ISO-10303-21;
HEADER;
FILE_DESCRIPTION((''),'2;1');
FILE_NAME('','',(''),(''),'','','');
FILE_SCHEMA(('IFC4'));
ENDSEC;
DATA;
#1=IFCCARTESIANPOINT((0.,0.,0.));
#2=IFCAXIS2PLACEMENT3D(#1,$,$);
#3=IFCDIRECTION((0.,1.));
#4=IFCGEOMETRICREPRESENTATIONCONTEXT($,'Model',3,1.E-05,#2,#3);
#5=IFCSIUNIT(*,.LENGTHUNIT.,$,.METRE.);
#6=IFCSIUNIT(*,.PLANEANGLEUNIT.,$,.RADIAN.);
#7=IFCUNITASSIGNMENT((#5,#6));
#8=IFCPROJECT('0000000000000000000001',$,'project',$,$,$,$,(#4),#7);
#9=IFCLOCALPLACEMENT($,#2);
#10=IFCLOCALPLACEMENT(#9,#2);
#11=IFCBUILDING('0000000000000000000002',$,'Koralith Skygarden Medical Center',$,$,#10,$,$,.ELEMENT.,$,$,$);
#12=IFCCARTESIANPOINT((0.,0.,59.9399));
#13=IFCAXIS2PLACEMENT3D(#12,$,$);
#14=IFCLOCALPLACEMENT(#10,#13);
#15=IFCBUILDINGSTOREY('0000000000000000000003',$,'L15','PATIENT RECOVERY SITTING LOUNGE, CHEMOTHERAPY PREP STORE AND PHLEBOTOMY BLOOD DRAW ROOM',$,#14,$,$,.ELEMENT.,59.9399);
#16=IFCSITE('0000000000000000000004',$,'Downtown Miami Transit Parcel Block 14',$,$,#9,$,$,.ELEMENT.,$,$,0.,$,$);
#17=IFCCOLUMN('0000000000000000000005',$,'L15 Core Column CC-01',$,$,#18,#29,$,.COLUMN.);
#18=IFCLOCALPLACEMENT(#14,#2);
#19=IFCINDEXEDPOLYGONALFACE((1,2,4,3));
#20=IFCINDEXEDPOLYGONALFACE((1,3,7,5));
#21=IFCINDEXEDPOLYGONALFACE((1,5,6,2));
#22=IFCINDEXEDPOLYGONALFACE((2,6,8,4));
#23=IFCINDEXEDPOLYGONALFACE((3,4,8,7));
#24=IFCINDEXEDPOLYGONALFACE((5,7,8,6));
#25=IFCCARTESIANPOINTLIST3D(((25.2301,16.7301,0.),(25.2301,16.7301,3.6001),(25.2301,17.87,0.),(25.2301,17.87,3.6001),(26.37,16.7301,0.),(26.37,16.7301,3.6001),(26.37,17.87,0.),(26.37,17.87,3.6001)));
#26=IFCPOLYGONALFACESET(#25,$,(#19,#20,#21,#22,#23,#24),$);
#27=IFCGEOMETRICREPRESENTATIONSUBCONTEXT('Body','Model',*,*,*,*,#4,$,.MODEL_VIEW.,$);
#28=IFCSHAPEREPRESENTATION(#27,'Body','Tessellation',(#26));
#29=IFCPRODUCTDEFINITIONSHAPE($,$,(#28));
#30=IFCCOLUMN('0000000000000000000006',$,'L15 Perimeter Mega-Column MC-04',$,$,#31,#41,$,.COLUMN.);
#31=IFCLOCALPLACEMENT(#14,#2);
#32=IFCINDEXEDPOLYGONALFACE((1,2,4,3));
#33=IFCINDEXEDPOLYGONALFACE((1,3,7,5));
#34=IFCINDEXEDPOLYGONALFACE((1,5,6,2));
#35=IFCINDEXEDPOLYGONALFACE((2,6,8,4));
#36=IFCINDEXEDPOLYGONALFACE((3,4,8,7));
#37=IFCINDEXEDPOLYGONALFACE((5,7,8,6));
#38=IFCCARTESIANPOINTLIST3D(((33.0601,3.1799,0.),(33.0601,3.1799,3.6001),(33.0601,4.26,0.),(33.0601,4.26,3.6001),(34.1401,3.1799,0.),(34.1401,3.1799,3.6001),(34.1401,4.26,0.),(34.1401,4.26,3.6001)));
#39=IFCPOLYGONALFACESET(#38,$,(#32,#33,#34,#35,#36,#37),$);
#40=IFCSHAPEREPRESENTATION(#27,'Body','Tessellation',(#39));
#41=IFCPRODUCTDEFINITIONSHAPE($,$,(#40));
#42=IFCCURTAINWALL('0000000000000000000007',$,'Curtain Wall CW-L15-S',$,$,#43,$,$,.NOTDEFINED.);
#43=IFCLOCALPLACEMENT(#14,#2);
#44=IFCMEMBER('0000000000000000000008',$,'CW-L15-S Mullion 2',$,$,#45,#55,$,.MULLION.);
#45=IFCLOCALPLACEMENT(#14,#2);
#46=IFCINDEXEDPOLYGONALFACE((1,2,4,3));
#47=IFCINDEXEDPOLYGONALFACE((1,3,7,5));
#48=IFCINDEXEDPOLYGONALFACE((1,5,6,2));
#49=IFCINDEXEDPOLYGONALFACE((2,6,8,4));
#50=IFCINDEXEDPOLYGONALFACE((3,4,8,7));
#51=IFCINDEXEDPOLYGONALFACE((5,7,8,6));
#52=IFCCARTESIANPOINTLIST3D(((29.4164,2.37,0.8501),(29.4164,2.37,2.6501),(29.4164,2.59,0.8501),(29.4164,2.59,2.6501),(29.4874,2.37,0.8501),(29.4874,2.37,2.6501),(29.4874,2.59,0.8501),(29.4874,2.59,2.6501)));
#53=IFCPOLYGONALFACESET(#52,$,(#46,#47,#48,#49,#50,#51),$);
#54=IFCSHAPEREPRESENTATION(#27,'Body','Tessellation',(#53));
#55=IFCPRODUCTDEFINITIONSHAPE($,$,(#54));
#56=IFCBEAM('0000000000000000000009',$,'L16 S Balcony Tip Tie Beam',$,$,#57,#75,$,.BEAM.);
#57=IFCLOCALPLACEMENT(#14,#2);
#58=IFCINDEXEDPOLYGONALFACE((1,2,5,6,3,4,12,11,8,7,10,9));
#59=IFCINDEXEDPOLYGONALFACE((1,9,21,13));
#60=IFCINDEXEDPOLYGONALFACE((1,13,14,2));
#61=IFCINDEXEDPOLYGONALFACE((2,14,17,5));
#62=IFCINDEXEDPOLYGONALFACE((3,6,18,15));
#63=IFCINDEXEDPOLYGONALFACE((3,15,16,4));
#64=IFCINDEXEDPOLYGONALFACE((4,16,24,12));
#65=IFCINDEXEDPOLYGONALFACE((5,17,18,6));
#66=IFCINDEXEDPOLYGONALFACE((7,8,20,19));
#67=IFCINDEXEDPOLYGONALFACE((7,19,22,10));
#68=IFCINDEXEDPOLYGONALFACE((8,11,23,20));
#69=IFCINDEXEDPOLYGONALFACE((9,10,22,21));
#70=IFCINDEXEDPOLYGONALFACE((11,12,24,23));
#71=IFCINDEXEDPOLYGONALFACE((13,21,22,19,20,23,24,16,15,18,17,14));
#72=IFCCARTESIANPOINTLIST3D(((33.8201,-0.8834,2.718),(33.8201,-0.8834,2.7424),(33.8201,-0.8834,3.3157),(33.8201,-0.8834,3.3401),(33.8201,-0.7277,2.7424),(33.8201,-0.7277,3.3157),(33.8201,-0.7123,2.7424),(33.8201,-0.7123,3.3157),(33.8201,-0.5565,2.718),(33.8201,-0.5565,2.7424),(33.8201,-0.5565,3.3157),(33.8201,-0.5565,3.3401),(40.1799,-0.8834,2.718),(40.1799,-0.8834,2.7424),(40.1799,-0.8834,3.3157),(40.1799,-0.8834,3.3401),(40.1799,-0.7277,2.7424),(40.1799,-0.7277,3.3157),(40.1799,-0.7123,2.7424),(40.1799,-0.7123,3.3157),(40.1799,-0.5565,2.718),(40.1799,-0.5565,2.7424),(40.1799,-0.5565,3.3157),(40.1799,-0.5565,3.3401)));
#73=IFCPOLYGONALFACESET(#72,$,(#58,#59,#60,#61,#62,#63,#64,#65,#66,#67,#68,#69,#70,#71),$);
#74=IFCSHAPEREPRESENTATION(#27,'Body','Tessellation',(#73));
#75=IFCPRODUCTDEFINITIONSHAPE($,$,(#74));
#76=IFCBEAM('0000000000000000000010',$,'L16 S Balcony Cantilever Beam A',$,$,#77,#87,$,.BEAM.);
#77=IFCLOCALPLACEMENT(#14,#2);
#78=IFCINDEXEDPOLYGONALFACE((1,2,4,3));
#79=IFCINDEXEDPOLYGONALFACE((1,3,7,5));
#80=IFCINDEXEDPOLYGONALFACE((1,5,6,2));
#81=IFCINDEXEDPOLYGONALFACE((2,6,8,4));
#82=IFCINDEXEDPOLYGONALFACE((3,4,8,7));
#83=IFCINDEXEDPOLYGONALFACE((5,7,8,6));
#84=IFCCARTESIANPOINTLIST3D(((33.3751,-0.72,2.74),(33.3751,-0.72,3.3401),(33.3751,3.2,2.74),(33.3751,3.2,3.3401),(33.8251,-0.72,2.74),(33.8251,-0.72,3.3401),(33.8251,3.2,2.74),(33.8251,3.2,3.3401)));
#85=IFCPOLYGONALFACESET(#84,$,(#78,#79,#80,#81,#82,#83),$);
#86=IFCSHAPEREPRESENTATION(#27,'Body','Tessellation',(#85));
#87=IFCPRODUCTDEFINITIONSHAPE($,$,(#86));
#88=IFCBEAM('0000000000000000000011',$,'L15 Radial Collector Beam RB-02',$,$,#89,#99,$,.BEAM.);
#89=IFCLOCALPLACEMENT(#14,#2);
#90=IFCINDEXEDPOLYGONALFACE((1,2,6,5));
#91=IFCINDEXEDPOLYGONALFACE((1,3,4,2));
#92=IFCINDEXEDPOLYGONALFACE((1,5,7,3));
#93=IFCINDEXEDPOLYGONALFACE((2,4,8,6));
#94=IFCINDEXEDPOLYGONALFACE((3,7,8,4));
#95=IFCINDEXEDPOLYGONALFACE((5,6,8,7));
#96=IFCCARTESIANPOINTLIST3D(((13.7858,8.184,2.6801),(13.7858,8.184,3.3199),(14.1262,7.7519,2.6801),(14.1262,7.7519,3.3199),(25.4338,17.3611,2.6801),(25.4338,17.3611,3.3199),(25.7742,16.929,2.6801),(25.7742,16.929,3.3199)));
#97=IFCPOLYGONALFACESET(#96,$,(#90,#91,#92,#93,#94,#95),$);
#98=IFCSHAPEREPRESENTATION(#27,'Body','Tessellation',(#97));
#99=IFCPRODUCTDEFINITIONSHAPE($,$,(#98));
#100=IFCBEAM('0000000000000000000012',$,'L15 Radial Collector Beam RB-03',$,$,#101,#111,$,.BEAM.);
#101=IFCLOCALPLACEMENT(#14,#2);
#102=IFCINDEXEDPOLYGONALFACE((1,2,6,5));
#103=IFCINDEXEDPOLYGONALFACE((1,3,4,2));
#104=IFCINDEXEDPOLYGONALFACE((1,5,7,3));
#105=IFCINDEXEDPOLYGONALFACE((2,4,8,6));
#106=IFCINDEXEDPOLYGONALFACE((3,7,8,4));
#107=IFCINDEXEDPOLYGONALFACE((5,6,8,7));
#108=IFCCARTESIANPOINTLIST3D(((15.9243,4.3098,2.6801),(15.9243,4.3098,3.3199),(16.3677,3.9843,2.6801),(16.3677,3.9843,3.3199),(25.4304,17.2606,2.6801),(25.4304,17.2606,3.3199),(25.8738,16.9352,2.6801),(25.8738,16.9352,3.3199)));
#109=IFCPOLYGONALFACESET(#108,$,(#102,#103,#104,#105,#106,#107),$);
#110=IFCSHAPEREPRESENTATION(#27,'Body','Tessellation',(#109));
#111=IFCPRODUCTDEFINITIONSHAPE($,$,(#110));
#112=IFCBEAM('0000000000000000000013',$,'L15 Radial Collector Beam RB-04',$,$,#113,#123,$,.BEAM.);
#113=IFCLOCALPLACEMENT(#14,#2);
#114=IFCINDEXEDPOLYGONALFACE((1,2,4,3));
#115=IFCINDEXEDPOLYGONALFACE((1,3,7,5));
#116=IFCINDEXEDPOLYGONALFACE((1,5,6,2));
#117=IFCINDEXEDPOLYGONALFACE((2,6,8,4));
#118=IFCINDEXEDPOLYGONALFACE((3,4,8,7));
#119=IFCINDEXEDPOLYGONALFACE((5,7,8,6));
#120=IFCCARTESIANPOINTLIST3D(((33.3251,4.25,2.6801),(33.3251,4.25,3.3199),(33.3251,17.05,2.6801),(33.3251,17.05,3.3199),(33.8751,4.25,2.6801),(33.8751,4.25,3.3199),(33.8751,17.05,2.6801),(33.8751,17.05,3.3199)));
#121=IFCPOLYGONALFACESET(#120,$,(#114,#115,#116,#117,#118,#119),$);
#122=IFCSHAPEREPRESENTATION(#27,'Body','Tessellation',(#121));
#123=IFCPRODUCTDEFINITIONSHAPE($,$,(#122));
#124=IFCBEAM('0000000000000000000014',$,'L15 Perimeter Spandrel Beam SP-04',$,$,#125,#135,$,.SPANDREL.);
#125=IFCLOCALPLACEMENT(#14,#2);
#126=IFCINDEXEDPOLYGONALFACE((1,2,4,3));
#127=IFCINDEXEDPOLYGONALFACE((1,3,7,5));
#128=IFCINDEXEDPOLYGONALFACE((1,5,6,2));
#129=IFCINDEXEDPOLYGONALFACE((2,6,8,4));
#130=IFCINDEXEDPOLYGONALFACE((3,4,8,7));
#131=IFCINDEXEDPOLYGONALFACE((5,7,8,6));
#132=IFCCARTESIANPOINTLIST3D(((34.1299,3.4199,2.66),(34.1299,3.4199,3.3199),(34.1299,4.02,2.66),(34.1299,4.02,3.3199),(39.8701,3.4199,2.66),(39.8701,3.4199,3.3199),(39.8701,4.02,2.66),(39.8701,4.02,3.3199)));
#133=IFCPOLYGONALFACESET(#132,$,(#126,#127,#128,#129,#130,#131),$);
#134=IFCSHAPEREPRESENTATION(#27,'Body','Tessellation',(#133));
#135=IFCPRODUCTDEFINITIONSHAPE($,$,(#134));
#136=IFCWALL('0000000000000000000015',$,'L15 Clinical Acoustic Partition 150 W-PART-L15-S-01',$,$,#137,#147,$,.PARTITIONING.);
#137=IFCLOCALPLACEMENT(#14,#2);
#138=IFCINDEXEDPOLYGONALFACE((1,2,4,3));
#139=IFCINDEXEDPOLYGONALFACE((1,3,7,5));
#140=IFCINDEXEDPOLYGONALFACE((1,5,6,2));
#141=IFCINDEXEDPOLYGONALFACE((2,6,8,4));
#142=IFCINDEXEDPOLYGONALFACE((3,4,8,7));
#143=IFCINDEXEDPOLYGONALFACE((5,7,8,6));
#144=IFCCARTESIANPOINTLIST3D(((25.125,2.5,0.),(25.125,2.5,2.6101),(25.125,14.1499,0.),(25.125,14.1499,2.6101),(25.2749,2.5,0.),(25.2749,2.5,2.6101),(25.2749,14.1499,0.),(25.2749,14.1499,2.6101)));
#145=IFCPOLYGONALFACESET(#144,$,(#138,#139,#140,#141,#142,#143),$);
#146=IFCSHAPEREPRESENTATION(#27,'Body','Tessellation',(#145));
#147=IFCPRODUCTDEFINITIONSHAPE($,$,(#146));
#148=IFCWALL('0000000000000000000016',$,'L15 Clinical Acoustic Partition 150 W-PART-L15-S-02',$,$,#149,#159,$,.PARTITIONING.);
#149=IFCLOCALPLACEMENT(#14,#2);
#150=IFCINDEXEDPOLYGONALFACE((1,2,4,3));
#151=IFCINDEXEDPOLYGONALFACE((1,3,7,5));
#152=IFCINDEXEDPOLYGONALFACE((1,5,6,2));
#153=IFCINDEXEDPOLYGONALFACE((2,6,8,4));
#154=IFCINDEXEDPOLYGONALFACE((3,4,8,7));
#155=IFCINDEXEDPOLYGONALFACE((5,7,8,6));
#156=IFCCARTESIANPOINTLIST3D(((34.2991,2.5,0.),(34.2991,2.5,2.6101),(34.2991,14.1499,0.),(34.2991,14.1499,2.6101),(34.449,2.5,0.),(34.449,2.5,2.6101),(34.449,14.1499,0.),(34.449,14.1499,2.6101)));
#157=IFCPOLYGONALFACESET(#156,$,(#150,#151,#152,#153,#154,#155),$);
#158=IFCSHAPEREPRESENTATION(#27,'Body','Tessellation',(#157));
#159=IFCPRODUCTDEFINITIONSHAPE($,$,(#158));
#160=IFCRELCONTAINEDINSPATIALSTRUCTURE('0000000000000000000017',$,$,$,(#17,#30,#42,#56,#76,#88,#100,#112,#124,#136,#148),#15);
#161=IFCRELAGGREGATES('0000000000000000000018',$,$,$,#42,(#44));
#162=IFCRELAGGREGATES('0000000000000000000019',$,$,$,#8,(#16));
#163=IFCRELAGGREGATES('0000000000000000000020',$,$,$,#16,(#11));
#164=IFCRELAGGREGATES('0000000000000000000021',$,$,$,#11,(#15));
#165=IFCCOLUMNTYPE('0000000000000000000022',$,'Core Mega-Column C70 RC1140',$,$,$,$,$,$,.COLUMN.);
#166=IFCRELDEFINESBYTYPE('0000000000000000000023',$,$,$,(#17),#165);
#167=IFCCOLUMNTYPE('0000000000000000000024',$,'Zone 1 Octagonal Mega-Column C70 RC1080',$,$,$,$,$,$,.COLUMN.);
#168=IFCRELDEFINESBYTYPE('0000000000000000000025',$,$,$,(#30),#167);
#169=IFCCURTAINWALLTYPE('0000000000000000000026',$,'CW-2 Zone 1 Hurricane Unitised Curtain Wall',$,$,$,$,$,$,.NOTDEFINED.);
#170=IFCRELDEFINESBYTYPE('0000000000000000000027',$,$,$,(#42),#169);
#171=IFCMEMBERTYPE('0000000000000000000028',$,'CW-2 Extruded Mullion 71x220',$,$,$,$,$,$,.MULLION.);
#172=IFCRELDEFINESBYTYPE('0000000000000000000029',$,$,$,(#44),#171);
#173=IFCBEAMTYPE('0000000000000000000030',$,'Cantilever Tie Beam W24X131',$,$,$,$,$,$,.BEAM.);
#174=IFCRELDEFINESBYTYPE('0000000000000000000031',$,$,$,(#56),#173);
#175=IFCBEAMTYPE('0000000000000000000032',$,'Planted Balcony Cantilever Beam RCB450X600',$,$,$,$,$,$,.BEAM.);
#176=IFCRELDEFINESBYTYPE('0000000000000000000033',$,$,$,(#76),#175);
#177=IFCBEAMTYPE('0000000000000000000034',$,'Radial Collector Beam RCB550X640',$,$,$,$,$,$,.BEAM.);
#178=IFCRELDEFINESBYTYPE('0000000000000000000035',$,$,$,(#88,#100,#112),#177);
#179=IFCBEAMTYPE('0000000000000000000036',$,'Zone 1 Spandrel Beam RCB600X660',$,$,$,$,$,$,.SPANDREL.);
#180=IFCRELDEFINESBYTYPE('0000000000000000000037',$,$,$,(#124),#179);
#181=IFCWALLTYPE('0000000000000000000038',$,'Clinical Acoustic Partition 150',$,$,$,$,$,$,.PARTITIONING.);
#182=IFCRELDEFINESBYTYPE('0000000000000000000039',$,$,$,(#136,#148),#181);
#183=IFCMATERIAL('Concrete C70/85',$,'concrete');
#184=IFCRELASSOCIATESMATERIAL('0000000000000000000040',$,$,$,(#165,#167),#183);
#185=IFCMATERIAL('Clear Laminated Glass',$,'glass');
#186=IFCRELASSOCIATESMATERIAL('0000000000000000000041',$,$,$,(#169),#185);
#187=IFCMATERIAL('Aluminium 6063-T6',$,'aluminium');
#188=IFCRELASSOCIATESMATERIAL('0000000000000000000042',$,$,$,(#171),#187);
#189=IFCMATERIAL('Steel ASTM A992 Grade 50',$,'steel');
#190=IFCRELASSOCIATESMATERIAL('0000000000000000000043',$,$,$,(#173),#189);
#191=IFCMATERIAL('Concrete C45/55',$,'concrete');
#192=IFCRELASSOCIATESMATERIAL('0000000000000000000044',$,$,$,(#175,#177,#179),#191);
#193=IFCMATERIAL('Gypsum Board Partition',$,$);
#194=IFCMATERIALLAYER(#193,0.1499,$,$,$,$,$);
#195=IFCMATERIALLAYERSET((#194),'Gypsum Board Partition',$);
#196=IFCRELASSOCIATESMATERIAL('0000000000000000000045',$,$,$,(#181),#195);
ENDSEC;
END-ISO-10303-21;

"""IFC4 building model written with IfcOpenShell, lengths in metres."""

from ifc_helpers import new_model, si_unit, direction, frame, frame_2d, origin, origin_2d, place, context, subcontext, project, spatial, rectangle, i_section, extrude, material, layer, layer_set, material_profile, profile_set, type_object, element, aggregate, save


model = new_model("IFC4")

# Units and contexts
model_context = context("Model", 3, precision=1e-05, world=origin(), true_north=direction((0.0, 1.0)))
body_context = subcontext(model_context, "Body", "Model", "MODEL_VIEW")
ifc_project = project(units=[si_unit("LENGTHUNIT", "METRE"), si_unit("PLANEANGLEUNIT", "RADIAN")], contexts=[model_context])

# Site, building, storey
site_placement = place(None, origin())
site = spatial("IfcSite", under=ifc_project, at=site_placement, Name="Downtown Miami Transit Parcel Block 14", CompositionType="ELEMENT", RefElevation=0.0)
building_placement = place(site_placement, origin())
building = spatial("IfcBuilding", under=site, at=building_placement, Name="Koralith Skygarden Medical Center", CompositionType="ELEMENT")
storey_placement = place(building_placement, frame((0.0, 0.0, 59.9399)))
storey = spatial("IfcBuildingStorey", under=building, at=storey_placement, Name="L15", Description="PATIENT RECOVERY SITTING LOUNGE, CHEMOTHERAPY PREP STORE AND PHLEBOTOMY BLOOD DRAW ROOM", CompositionType="ELEMENT", Elevation=59.9399)

# Columns
ifc_material_1 = material(Name="Concrete C70/85", Category="concrete")
ifc_material_profile_1 = material_profile(ifc_material_1, rectangle(XDim=1.1399, YDim=1.1399, at=origin_2d()), Name="RC1140X1140")
ifc_profile_set_1 = profile_set([ifc_material_profile_1], Name="Concrete C70/85")
column_type_1 = type_object("IfcColumnType", Name="Core Mega-Column C70 RC1140", PredefinedType="COLUMN", material=ifc_profile_set_1)
column_1_placement = place(storey_placement, frame((25.8, 17.3, 0.0), z_axis=(0.0, 0.0, 1.0), x_axis=(1.0, 0.0, 0.0)))
element("IfcColumn", 1, at=column_1_placement, inside=storey, type_object=column_type_1, Name="L15 Core Column CC-01", PredefinedType="COLUMN", context=body_context, shape_type="SweptSolid", body=[
    extrude(rectangle(XDim=1.1399, YDim=1.1399, at=origin_2d()), origin(), (0.0, 0.0, 1.0), 3.6001),
])
ifc_material_profile_2 = material_profile(ifc_material_1, rectangle(XDim=1.0801, YDim=1.0801, at=origin_2d()), Name="RC1080X1080")
ifc_profile_set_2 = profile_set([ifc_material_profile_2], Name="Concrete C70/85")
column_type_2 = type_object("IfcColumnType", Name="Zone 1 Octagonal Mega-Column C70 RC1080", PredefinedType="COLUMN", material=ifc_profile_set_2)
column_2_placement = place(storey_placement, frame((33.6001, 3.72, 0.0), z_axis=(0.0, 0.0, 1.0), x_axis=(1.0, 0.0, 0.0)))
element("IfcColumn", 2, at=column_2_placement, inside=storey, type_object=column_type_2, Name="L15 Perimeter Mega-Column MC-04", PredefinedType="COLUMN", context=body_context, shape_type="SweptSolid", body=[
    extrude(rectangle(XDim=1.0801, YDim=1.0801, at=origin_2d()), origin(), (0.0, 0.0, 1.0), 3.6001),
])

# Curtain wall, member
ifc_material_2 = material(Name="Clear Laminated Glass", Category="glass")
curtain_wall_type = type_object("IfcCurtainWallType", Name="CW-2 Zone 1 Hurricane Unitised Curtain Wall", PredefinedType="NOTDEFINED", material=ifc_material_2)
curtain_wall_placement = place(storey_placement, origin())
curtain_wall = element("IfcCurtainWall", 3, at=curtain_wall_placement, inside=storey, type_object=curtain_wall_type, Name="Curtain Wall CW-L15-S", PredefinedType="NOTDEFINED")
ifc_material_3 = material(Name="Aluminium 6063-T6", Category="aluminium")
ifc_material_profile_3 = material_profile(ifc_material_3, rectangle(XDim=0.071, YDim=0.22, at=origin_2d()), Name="MUL71X220")
ifc_profile_set_3 = profile_set([ifc_material_profile_3], Name="Aluminium 6063-T6")
member_type = type_object("IfcMemberType", Name="CW-2 Extruded Mullion 71x220", PredefinedType="MULLION", material=ifc_profile_set_3)
member_placement = place(storey_placement, frame((29.4519, 2.48, 0.8501), z_axis=(0.0, 0.0, 1.0), x_axis=(1.0, 0.0, 0.0)))
member = element("IfcMember", 4, at=member_placement, type_object=member_type, Name="CW-L15-S Mullion 2", PredefinedType="MULLION", context=body_context, shape_type="SweptSolid", body=[
    extrude(rectangle(XDim=0.071, YDim=0.22, at=origin_2d()), origin(), (0.0, 0.0, 1.0), 1.8),
])
aggregate(curtain_wall, [member])

# Beams
ifc_material_4 = material(Name="Steel ASTM A992 Grade 50", Category="steel")
ifc_material_profile_4 = material_profile(ifc_material_4, i_section(OverallWidth=0.3269, OverallDepth=0.6221, WebThickness=0.0154, FlangeThickness=0.0244, at=origin_2d()), Name="W24X131")
ifc_profile_set_4 = profile_set([ifc_material_profile_4], Name="Steel ASTM A992 Grade 50")
beam_type_1 = type_object("IfcBeamType", Name="Cantilever Tie Beam W24X131", PredefinedType="BEAM", material=ifc_profile_set_4)
beam_1_placement = place(storey_placement, frame((33.8201, -0.72, 3.0291), z_axis=(1.0, 0.0, 0.0), x_axis=(0.0, 1.0, 0.0)))
element("IfcBeam", 5, at=beam_1_placement, inside=storey, type_object=beam_type_1, Name="L16 S Balcony Tip Tie Beam", PredefinedType="BEAM", context=body_context, shape_type="SweptSolid", body=[
    extrude(i_section(OverallWidth=0.3269, OverallDepth=0.6221, WebThickness=0.0154, FlangeThickness=0.0244, at=origin_2d()), origin(), (0.0, 0.0, 1.0), 6.3599),
])
ifc_material_5 = material(Name="Concrete C45/55", Category="concrete")
ifc_material_profile_5 = material_profile(ifc_material_5, rectangle(XDim=0.45, YDim=0.6001, at=origin_2d()), Name="RCB450X600")
ifc_profile_set_5 = profile_set([ifc_material_profile_5], Name="Concrete C45/55")
beam_type_2 = type_object("IfcBeamType", Name="Planted Balcony Cantilever Beam RCB450X600", PredefinedType="BEAM", material=ifc_profile_set_5)
beam_2_placement = place(storey_placement, frame((33.6001, 3.2, 3.04), z_axis=(0.0, -1.0, 0.0), x_axis=(1.0, 0.0, 0.0)))
element("IfcBeam", 6, at=beam_2_placement, inside=storey, type_object=beam_type_2, Name="L16 S Balcony Cantilever Beam A", PredefinedType="BEAM", context=body_context, shape_type="SweptSolid", body=[
    extrude(rectangle(XDim=0.45, YDim=0.6001, at=origin_2d()), origin(), (0.0, 0.0, 1.0), 3.9199),
])
ifc_material_profile_6 = material_profile(ifc_material_5, rectangle(XDim=0.55, YDim=0.6399, at=origin_2d()), Name="RCB550X640")
ifc_profile_set_6 = profile_set([ifc_material_profile_6], Name="Concrete C45/55")
beam_type_3 = type_object("IfcBeamType", Name="Radial Collector Beam RCB550X640", PredefinedType="BEAM", material=ifc_profile_set_6)
beam_3_placement = place(storey_placement, frame((25.604, 17.145, 3.0), z_axis=(-0.785497, -0.618865, 0.0), x_axis=(0.618865, -0.785497, 0.0)))
element("IfcBeam", 7, at=beam_3_placement, inside=storey, type_object=beam_type_3, Name="L15 Radial Collector Beam RB-02", PredefinedType="BEAM", context=body_context, shape_type="SweptSolid", body=[
    extrude(rectangle(XDim=0.55, YDim=0.6399, at=origin_2d()), origin(), (0.0, 0.0, 1.0), 14.8289),
])
beam_4_placement = place(storey_placement, frame((25.6521, 17.0979, 3.0), z_axis=(-0.591718, -0.806145, 0.0), x_axis=(0.806145, -0.591718, 0.0)))
element("IfcBeam", 8, at=beam_4_placement, inside=storey, type_object=beam_type_3, Name="L15 Radial Collector Beam RB-03", PredefinedType="BEAM", context=body_context, shape_type="SweptSolid", body=[
    extrude(rectangle(XDim=0.55, YDim=0.6399, at=origin_2d()), origin(), (0.0, 0.0, 1.0), 16.0652),
])
beam_5_placement = place(storey_placement, frame((33.6001, 17.05, 3.0), z_axis=(0.0, -1.0, 0.0), x_axis=(1.0, 0.0, 0.0)))
element("IfcBeam", 9, at=beam_5_placement, inside=storey, type_object=beam_type_3, Name="L15 Radial Collector Beam RB-04", PredefinedType="BEAM", context=body_context, shape_type="SweptSolid", body=[
    extrude(rectangle(XDim=0.55, YDim=0.6399, at=origin_2d()), origin(), (0.0, 0.0, 1.0), 12.8),
])
ifc_material_profile_7 = material_profile(ifc_material_5, rectangle(XDim=0.6001, YDim=0.6599, at=origin_2d()), Name="RCB600X660")
ifc_profile_set_7 = profile_set([ifc_material_profile_7], Name="Concrete C45/55")
beam_type_4 = type_object("IfcBeamType", Name="Zone 1 Spandrel Beam RCB600X660", PredefinedType="SPANDREL", material=ifc_profile_set_7)
beam_6_placement = place(storey_placement, frame((34.1299, 3.72, 2.99), z_axis=(1.0, 0.0, 0.0), x_axis=(0.0, 1.0, 0.0)))
element("IfcBeam", 10, at=beam_6_placement, inside=storey, type_object=beam_type_4, Name="L15 Perimeter Spandrel Beam SP-04", PredefinedType="SPANDREL", context=body_context, shape_type="SweptSolid", body=[
    extrude(rectangle(XDim=0.6001, YDim=0.6599, at=origin_2d()), origin(), (0.0, 0.0, 1.0), 5.7402),
])

# Walls
ifc_material_6 = material(Name="Gypsum Board Partition")
ifc_layer_1 = layer(ifc_material_6, 0.1499)
ifc_layer_set_1 = layer_set([ifc_layer_1], Name="Gypsum Board Partition")
wall_type_1 = type_object("IfcWallType", Name="Clinical Acoustic Partition 150", PredefinedType="PARTITIONING", material=ifc_layer_set_1)
for number, where, z_axis, x_axis, name in (
    (11, (25.2, 14.1499, 0.0), (0.0, 0.0, 1.0), (0.0, -1.0, 0.0), "L15 Clinical Acoustic Partition 150 W-PART-L15-S-01"),
    (12, (34.374, 14.1499, 0.0), (0.0, 0.0, 1.0), (0.0, -1.0, 0.0), "L15 Clinical Acoustic Partition 150 W-PART-L15-S-02"),
):
    element("IfcWall", number, at=place(storey_placement, frame(where, z_axis=z_axis, x_axis=x_axis)), inside=storey, type_object=wall_type_1, Name=name, PredefinedType="PARTITIONING", context=body_context, shape_type="SweptSolid", body=[
        extrude(rectangle(XDim=11.6499, YDim=0.1499, at=frame_2d((5.825, 0.0))), origin(), (0.0, 0.0, 1.0), 2.6101),
    ])

save(model, "model.ifc")
